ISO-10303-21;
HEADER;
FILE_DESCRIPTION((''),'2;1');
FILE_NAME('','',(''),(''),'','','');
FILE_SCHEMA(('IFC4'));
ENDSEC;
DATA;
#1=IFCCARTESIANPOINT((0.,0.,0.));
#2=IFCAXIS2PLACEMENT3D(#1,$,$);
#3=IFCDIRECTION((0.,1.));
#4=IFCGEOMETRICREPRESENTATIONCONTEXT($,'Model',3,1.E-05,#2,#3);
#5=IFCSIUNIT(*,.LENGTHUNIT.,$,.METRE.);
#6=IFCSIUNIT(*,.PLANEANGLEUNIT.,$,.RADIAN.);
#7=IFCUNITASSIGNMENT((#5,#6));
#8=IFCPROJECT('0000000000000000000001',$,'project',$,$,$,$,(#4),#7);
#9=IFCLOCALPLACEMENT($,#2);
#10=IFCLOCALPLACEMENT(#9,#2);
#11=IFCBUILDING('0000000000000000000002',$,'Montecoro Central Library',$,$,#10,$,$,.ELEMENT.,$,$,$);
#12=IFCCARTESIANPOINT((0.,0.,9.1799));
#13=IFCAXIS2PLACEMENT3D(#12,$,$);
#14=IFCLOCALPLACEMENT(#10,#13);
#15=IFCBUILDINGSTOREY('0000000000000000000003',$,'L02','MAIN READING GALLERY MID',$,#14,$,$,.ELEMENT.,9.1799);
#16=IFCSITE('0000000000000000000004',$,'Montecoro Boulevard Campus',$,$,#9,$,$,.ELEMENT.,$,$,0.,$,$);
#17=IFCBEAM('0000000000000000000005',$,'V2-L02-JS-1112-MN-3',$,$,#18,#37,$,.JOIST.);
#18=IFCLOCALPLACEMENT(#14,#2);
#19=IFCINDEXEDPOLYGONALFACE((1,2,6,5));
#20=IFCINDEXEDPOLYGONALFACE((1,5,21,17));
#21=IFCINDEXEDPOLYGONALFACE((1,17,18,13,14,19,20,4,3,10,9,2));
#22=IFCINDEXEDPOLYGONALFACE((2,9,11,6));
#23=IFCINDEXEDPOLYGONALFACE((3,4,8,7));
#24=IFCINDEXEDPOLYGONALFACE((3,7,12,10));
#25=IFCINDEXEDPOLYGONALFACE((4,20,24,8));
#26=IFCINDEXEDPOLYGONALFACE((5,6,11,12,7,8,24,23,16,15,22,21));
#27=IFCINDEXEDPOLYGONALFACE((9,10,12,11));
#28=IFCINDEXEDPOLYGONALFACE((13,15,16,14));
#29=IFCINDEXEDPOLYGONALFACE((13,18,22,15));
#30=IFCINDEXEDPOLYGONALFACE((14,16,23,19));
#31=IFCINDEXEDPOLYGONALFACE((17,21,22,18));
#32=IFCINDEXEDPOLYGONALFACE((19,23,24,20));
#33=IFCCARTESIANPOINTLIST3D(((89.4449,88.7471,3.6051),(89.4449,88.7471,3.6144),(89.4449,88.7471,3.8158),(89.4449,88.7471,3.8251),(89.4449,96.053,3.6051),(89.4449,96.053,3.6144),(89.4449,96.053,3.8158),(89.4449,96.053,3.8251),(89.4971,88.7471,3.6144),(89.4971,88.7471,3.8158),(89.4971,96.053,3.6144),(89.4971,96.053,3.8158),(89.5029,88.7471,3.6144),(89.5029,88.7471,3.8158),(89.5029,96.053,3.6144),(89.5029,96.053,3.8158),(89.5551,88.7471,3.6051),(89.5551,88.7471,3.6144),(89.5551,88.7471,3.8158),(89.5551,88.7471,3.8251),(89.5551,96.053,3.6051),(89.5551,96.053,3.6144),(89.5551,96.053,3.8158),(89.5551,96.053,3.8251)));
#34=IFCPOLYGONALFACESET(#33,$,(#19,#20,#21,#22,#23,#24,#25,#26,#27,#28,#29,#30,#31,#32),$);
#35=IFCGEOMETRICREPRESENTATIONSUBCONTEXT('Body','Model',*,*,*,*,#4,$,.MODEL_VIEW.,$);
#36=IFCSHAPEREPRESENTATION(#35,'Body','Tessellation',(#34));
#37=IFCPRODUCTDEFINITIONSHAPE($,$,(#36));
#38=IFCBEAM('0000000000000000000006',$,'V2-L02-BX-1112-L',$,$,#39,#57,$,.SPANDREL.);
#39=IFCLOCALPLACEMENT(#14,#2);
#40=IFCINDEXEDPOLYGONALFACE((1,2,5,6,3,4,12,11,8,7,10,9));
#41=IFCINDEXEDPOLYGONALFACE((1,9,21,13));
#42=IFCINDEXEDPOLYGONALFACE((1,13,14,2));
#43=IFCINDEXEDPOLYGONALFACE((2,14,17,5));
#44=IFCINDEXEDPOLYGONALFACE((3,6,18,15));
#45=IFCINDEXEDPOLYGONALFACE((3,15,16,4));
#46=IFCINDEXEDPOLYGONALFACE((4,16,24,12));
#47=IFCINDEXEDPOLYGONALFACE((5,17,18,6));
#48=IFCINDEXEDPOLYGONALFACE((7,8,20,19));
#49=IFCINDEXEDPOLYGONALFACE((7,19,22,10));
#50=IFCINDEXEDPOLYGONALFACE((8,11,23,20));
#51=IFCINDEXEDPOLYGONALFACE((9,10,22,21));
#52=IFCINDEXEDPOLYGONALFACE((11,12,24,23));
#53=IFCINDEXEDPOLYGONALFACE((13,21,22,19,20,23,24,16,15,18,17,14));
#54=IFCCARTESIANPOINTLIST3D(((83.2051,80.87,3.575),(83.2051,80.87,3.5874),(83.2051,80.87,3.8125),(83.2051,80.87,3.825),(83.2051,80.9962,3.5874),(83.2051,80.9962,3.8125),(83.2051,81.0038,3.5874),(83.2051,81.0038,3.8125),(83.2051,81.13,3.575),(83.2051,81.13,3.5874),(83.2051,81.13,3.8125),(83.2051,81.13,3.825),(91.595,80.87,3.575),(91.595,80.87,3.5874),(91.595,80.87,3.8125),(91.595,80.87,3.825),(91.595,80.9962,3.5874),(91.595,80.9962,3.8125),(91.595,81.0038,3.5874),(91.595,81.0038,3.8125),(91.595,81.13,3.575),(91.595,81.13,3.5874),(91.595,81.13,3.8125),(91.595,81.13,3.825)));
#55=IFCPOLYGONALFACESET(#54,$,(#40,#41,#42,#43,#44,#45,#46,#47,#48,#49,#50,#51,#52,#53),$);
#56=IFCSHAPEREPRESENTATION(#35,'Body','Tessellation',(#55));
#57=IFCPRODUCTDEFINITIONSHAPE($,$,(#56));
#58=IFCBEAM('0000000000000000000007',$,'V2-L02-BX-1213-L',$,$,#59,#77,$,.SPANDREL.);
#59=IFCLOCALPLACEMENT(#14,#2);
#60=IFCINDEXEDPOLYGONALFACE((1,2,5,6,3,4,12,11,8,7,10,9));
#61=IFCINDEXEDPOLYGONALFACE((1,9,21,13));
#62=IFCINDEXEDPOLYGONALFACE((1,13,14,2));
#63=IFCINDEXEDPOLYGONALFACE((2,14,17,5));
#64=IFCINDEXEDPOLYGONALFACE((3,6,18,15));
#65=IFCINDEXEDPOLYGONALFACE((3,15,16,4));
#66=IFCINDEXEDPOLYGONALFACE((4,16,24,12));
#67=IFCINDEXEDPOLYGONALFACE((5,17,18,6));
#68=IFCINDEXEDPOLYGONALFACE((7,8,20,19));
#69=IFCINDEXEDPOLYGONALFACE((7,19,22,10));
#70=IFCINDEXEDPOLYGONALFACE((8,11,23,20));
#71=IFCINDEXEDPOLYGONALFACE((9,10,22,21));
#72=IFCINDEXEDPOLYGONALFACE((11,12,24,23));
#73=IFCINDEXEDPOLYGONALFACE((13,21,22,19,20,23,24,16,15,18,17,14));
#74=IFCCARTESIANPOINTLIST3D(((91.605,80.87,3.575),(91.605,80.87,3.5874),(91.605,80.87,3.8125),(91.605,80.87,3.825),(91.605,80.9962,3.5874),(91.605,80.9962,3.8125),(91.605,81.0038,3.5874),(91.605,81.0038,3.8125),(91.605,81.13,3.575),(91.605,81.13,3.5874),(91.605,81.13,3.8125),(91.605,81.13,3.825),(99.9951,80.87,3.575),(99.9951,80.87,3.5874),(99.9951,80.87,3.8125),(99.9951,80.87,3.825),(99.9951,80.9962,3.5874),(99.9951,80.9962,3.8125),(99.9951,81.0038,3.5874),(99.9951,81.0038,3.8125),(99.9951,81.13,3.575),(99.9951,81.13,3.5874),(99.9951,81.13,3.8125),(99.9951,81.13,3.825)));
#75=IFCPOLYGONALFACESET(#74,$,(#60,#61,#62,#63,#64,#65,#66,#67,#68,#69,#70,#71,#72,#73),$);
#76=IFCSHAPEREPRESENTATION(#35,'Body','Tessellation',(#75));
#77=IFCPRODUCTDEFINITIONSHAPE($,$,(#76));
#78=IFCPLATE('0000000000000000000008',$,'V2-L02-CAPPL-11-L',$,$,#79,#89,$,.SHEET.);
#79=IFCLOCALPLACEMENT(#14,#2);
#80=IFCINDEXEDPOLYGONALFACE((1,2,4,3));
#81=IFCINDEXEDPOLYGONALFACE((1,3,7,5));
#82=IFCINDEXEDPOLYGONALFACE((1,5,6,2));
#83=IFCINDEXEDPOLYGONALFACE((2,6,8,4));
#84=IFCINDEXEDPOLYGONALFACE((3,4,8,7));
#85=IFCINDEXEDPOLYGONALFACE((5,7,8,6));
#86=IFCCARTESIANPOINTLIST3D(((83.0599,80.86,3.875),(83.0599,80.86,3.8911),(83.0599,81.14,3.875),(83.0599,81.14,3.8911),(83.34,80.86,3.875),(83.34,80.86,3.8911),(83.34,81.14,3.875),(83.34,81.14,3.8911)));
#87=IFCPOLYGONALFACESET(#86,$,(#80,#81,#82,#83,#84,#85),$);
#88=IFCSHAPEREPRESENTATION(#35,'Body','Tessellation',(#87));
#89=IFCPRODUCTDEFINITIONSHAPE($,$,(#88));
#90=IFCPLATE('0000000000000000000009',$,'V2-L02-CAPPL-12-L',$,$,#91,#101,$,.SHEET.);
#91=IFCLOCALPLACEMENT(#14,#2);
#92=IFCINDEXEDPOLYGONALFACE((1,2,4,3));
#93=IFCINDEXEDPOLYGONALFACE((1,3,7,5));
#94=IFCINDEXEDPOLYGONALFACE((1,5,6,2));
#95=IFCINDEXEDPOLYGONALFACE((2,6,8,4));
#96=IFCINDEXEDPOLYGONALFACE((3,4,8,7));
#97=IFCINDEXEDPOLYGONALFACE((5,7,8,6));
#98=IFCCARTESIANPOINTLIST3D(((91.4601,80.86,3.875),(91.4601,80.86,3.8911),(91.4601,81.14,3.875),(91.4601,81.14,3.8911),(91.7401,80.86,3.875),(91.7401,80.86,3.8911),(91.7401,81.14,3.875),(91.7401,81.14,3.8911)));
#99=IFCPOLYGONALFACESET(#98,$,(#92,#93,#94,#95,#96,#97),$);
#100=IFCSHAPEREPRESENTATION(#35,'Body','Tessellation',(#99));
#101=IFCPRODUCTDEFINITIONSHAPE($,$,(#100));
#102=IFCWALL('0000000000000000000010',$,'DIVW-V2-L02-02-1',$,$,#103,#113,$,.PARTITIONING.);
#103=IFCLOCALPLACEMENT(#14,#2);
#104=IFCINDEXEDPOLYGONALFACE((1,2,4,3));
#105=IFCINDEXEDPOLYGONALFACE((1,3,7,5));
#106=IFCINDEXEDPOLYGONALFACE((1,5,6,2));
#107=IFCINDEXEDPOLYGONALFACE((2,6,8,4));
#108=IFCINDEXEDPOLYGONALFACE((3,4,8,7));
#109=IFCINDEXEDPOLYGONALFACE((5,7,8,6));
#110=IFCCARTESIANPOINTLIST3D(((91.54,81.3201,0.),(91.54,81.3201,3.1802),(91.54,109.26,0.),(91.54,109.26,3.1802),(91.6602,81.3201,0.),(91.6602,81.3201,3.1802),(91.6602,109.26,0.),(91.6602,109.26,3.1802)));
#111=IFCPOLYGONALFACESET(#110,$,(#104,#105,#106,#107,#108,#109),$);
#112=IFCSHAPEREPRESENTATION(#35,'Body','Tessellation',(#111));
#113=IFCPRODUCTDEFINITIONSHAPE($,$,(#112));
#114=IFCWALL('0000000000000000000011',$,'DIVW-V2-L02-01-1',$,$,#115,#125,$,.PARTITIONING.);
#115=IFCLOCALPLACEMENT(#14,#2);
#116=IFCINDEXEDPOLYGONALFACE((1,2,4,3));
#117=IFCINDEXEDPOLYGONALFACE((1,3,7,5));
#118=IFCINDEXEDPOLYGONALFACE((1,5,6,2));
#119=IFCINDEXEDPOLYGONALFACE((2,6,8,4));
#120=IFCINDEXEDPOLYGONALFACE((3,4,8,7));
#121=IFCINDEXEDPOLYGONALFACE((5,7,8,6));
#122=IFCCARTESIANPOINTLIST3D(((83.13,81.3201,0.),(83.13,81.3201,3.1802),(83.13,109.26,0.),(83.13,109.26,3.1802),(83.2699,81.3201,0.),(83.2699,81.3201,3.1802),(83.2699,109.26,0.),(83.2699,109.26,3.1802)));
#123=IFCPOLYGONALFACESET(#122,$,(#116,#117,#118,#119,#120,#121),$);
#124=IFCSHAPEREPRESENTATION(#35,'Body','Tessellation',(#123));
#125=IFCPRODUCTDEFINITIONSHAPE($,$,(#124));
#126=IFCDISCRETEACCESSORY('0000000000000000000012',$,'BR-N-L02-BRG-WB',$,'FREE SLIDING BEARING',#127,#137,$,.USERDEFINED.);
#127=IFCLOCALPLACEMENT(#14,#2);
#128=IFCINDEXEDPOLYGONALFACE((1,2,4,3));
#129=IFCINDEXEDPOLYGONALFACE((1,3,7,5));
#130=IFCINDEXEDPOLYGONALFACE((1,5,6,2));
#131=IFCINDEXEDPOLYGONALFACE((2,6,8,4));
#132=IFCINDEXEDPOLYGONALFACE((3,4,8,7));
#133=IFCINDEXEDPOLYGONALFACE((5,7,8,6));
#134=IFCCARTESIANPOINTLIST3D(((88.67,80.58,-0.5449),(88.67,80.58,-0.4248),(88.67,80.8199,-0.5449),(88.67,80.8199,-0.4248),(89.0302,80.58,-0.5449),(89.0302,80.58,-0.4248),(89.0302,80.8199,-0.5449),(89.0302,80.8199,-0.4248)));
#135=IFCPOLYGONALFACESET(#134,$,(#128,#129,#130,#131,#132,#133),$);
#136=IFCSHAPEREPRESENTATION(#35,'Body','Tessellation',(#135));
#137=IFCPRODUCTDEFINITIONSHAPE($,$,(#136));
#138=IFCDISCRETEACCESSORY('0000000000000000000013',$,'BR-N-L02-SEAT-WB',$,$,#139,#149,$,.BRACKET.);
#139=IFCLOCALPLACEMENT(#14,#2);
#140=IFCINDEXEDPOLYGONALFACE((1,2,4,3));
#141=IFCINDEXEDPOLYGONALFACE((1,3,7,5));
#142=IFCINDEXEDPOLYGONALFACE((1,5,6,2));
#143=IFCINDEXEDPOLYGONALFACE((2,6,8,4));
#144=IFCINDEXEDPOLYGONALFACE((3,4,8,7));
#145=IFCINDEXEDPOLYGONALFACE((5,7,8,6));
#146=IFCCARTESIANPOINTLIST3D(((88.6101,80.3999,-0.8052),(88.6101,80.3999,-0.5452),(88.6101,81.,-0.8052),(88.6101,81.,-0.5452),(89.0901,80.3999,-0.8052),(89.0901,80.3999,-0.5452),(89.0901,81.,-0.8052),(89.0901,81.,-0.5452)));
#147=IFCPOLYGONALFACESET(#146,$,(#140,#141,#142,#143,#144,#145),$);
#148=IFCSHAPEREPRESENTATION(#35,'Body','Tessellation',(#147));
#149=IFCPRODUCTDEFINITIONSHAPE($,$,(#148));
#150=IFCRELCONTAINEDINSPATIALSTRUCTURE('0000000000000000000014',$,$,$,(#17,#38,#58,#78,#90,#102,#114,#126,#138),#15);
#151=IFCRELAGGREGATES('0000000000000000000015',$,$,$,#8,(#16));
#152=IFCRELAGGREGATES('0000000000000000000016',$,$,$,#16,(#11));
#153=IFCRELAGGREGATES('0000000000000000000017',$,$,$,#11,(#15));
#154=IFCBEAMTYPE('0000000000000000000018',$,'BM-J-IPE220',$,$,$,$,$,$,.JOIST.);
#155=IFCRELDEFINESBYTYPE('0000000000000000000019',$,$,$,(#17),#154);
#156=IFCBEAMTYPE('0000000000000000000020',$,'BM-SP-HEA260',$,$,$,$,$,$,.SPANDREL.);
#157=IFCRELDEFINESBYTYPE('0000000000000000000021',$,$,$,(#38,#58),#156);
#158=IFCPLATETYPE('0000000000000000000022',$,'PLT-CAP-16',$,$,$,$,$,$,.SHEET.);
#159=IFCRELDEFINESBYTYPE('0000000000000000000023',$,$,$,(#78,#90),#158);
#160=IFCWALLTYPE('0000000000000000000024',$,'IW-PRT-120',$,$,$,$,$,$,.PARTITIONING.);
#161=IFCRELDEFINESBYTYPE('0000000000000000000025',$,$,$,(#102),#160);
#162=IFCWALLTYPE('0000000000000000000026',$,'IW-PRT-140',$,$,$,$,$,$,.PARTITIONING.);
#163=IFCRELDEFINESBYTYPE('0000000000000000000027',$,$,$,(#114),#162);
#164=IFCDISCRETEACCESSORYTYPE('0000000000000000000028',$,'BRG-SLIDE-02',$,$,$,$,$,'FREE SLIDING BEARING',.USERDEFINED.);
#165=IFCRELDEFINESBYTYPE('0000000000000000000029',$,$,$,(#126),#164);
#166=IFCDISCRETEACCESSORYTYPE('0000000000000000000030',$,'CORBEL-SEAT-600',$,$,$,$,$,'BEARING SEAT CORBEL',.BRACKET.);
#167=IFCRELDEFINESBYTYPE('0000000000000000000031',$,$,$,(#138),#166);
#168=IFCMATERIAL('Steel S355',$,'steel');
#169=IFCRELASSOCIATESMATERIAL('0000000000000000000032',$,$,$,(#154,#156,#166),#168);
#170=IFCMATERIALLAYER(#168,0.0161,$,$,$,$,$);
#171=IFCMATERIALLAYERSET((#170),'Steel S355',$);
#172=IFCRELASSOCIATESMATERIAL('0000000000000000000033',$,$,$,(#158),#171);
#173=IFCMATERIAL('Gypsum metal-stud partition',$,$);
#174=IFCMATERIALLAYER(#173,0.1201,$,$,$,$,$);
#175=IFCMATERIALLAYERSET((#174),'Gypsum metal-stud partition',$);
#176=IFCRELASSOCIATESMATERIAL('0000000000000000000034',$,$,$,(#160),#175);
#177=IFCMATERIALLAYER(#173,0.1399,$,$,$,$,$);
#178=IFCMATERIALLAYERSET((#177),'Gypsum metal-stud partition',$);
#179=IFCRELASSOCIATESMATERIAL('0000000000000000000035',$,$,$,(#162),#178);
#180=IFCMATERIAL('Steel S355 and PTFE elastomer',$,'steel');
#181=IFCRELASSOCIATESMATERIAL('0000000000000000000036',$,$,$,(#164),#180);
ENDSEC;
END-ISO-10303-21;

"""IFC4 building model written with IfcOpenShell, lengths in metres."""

from ifc_helpers import new_model, si_unit, direction, frame, frame_2d, origin, origin_2d, place, context, subcontext, project, spatial, rectangle, i_section, extrude, material, layer, layer_set, material_profile, profile_set, type_object, element, save


model = new_model("IFC4")

# Units and contexts
model_context = context("Model", 3, precision=1e-05, world=origin(), true_north=direction((0.0, 1.0)))
body_context = subcontext(model_context, "Body", "Model", "MODEL_VIEW")
ifc_project = project(units=[si_unit("LENGTHUNIT", "METRE"), si_unit("PLANEANGLEUNIT", "RADIAN")], contexts=[model_context])

# Site, building, storey
site_placement = place(None, origin())
site = spatial("IfcSite", under=ifc_project, at=site_placement, Name="Montecoro Boulevard Campus", CompositionType="ELEMENT", RefElevation=0.0)
building_placement = place(site_placement, origin())
building = spatial("IfcBuilding", under=site, at=building_placement, Name="Montecoro Central Library", CompositionType="ELEMENT")
storey_placement = place(building_placement, frame((0.0, 0.0, 9.1799)))
storey = spatial("IfcBuildingStorey", under=building, at=storey_placement, Name="L02", Description="MAIN READING GALLERY MID", CompositionType="ELEMENT", Elevation=9.1799)

# Shared definitions
ifc_material_1 = material(Name="Steel S355", Category="steel")

# Beams
ifc_material_profile_1 = material_profile(ifc_material_1, i_section(OverallWidth=0.1101, OverallDepth=0.22, WebThickness=0.0059, FlangeThickness=0.0093, at=origin_2d()), Name="IPE 220")
ifc_profile_set_1 = profile_set([ifc_material_profile_1], Name="Steel S355")
beam_type_1 = type_object("IfcBeamType", Name="BM-J-IPE220", PredefinedType="JOIST", material=ifc_profile_set_1)
for number, where, z_axis, x_axis, name in (
    (1, (89.5, 88.7471, 3.7151), (0.0, 1.0, 0.0), (-1.0, 0.0, 0.0), "V2-L02-JS-1112-MN-3"),
):
    element("IfcBeam", number, at=place(storey_placement, frame(where, z_axis=z_axis, x_axis=x_axis)), inside=storey, type_object=beam_type_1, Name=name, PredefinedType="JOIST", context=body_context, shape_type="SweptSolid", body=[
        extrude(i_section(OverallWidth=0.1101, OverallDepth=0.22, WebThickness=0.0059, FlangeThickness=0.0093, at=origin_2d()), origin(), (0.0, 0.0, 1.0), 7.3059),
    ])
ifc_material_profile_2 = material_profile(ifc_material_1, i_section(OverallWidth=0.26, OverallDepth=0.25, WebThickness=0.0076, FlangeThickness=0.0125, at=origin_2d()), Name="HEA 260")
ifc_profile_set_2 = profile_set([ifc_material_profile_2], Name="Steel S355")
beam_type_2 = type_object("IfcBeamType", Name="BM-SP-HEA260", PredefinedType="SPANDREL", material=ifc_profile_set_2)
beam_1_placement = place(storey_placement, frame((83.2051, 81.0, 3.7), z_axis=(1.0, 0.0, 0.0), x_axis=(0.0, 1.0, 0.0)))
element("IfcBeam", 2, at=beam_1_placement, inside=storey, type_object=beam_type_2, Name="V2-L02-BX-1112-L", PredefinedType="SPANDREL", context=body_context, shape_type="SweptSolid", body=[
    extrude(i_section(OverallWidth=0.26, OverallDepth=0.25, WebThickness=0.0076, FlangeThickness=0.0125, at=origin_2d()), origin(), (0.0, 0.0, 1.0), 8.3899),
])
beam_2_placement = place(storey_placement, frame((91.605, 81.0, 3.7), z_axis=(1.0, 0.0, 0.0), x_axis=(0.0, 1.0, 0.0)))
element("IfcBeam", 3, at=beam_2_placement, inside=storey, type_object=beam_type_2, Name="V2-L02-BX-1213-L", PredefinedType="SPANDREL", context=body_context, shape_type="SweptSolid", body=[
    extrude(i_section(OverallWidth=0.26, OverallDepth=0.25, WebThickness=0.0076, FlangeThickness=0.0125, at=origin_2d()), origin(), (0.0, 0.0, 1.0), 8.3901),
])

# Plates
ifc_layer_1 = layer(ifc_material_1, 0.0161)
ifc_layer_set_1 = layer_set([ifc_layer_1], Name="Steel S355")
plate_type = type_object("IfcPlateType", Name="PLT-CAP-16", PredefinedType="SHEET", material=ifc_layer_set_1)
for number, where, z_axis, x_axis, name in (
    (4, (83.2, 81.0, 3.875), (0.0, 0.0, 1.0), (1.0, 0.0, 0.0), "V2-L02-CAPPL-11-L"),
    (5, (91.6001, 81.0, 3.875), (0.0, 0.0, 1.0), (1.0, 0.0, 0.0), "V2-L02-CAPPL-12-L"),
):
    element("IfcPlate", number, at=place(storey_placement, frame(where, z_axis=z_axis, x_axis=x_axis)), inside=storey, type_object=plate_type, Name=name, PredefinedType="SHEET", context=body_context, shape_type="SweptSolid", body=[
        extrude(rectangle(XDim=0.28, YDim=0.28, at=origin_2d()), origin(), (0.0, 0.0, 1.0), 0.0161),
    ])

# Walls
ifc_material_2 = material(Name="Gypsum metal-stud partition")
ifc_layer_2 = layer(ifc_material_2, 0.1201)
ifc_layer_set_2 = layer_set([ifc_layer_2], Name="Gypsum metal-stud partition")
wall_type_1 = type_object("IfcWallType", Name="IW-PRT-120", PredefinedType="PARTITIONING", material=ifc_layer_set_2)
wall_1_placement = place(storey_placement, frame((91.6001, 81.3201, 0.0), z_axis=(0.0, 0.0, 1.0), x_axis=(0.0, 1.0, 0.0)))
element("IfcWall", 6, at=wall_1_placement, inside=storey, type_object=wall_type_1, Name="DIVW-V2-L02-02-1", PredefinedType="PARTITIONING", context=body_context, shape_type="SweptSolid", body=[
    extrude(rectangle(XDim=27.9399, YDim=0.1201, at=frame_2d((13.97, 0.0))), origin(), (0.0, 0.0, 1.0), 3.1802),
])
ifc_layer_3 = layer(ifc_material_2, 0.1399)
ifc_layer_set_3 = layer_set([ifc_layer_3], Name="Gypsum metal-stud partition")
wall_type_2 = type_object("IfcWallType", Name="IW-PRT-140", PredefinedType="PARTITIONING", material=ifc_layer_set_3)
wall_2_placement = place(storey_placement, frame((83.2, 81.3201, 0.0), z_axis=(0.0, 0.0, 1.0), x_axis=(0.0, 1.0, 0.0)))
element("IfcWall", 7, at=wall_2_placement, inside=storey, type_object=wall_type_2, Name="DIVW-V2-L02-01-1", PredefinedType="PARTITIONING", context=body_context, shape_type="SweptSolid", body=[
    extrude(rectangle(XDim=27.9399, YDim=0.1399, at=frame_2d((13.97, 0.0))), origin(), (0.0, 0.0, 1.0), 3.1802),
])

# Discrete accessories
ifc_material_3 = material(Name="Steel S355 and PTFE elastomer", Category="steel")
discrete_accessory_type_1 = type_object("IfcDiscreteAccessoryType", Name="BRG-SLIDE-02", ElementType="FREE SLIDING BEARING", PredefinedType="USERDEFINED", material=ifc_material_3)
discrete_accessory_1_placement = place(storey_placement, frame((88.8501, 80.7, -0.5449), z_axis=(0.0, 0.0, 1.0), x_axis=(1.0, 0.0, 0.0)))
element("IfcDiscreteAccessory", 8, at=discrete_accessory_1_placement, inside=storey, type_object=discrete_accessory_type_1, Name="BR-N-L02-BRG-WB", ObjectType="FREE SLIDING BEARING", PredefinedType="USERDEFINED", context=body_context, shape_type="SweptSolid", body=[
    extrude(rectangle(XDim=0.3601, YDim=0.24, at=origin_2d()), origin(), (0.0, 0.0, 1.0), 0.1201),
])
discrete_accessory_type_2 = type_object("IfcDiscreteAccessoryType", Name="CORBEL-SEAT-600", ElementType="BEARING SEAT CORBEL", PredefinedType="BRACKET", material=ifc_material_1)
discrete_accessory_2_placement = place(storey_placement, frame((88.8501, 80.7, -0.8052), z_axis=(0.0, 0.0, 1.0), x_axis=(1.0, 0.0, 0.0)))
element("IfcDiscreteAccessory", 9, at=discrete_accessory_2_placement, inside=storey, type_object=discrete_accessory_type_2, Name="BR-N-L02-SEAT-WB", PredefinedType="BRACKET", context=body_context, shape_type="SweptSolid", body=[
    extrude(rectangle(XDim=0.48, YDim=0.6001, at=origin_2d()), origin(), (0.0, 0.0, 1.0), 0.26),
])

save(model, "model.ifc")
